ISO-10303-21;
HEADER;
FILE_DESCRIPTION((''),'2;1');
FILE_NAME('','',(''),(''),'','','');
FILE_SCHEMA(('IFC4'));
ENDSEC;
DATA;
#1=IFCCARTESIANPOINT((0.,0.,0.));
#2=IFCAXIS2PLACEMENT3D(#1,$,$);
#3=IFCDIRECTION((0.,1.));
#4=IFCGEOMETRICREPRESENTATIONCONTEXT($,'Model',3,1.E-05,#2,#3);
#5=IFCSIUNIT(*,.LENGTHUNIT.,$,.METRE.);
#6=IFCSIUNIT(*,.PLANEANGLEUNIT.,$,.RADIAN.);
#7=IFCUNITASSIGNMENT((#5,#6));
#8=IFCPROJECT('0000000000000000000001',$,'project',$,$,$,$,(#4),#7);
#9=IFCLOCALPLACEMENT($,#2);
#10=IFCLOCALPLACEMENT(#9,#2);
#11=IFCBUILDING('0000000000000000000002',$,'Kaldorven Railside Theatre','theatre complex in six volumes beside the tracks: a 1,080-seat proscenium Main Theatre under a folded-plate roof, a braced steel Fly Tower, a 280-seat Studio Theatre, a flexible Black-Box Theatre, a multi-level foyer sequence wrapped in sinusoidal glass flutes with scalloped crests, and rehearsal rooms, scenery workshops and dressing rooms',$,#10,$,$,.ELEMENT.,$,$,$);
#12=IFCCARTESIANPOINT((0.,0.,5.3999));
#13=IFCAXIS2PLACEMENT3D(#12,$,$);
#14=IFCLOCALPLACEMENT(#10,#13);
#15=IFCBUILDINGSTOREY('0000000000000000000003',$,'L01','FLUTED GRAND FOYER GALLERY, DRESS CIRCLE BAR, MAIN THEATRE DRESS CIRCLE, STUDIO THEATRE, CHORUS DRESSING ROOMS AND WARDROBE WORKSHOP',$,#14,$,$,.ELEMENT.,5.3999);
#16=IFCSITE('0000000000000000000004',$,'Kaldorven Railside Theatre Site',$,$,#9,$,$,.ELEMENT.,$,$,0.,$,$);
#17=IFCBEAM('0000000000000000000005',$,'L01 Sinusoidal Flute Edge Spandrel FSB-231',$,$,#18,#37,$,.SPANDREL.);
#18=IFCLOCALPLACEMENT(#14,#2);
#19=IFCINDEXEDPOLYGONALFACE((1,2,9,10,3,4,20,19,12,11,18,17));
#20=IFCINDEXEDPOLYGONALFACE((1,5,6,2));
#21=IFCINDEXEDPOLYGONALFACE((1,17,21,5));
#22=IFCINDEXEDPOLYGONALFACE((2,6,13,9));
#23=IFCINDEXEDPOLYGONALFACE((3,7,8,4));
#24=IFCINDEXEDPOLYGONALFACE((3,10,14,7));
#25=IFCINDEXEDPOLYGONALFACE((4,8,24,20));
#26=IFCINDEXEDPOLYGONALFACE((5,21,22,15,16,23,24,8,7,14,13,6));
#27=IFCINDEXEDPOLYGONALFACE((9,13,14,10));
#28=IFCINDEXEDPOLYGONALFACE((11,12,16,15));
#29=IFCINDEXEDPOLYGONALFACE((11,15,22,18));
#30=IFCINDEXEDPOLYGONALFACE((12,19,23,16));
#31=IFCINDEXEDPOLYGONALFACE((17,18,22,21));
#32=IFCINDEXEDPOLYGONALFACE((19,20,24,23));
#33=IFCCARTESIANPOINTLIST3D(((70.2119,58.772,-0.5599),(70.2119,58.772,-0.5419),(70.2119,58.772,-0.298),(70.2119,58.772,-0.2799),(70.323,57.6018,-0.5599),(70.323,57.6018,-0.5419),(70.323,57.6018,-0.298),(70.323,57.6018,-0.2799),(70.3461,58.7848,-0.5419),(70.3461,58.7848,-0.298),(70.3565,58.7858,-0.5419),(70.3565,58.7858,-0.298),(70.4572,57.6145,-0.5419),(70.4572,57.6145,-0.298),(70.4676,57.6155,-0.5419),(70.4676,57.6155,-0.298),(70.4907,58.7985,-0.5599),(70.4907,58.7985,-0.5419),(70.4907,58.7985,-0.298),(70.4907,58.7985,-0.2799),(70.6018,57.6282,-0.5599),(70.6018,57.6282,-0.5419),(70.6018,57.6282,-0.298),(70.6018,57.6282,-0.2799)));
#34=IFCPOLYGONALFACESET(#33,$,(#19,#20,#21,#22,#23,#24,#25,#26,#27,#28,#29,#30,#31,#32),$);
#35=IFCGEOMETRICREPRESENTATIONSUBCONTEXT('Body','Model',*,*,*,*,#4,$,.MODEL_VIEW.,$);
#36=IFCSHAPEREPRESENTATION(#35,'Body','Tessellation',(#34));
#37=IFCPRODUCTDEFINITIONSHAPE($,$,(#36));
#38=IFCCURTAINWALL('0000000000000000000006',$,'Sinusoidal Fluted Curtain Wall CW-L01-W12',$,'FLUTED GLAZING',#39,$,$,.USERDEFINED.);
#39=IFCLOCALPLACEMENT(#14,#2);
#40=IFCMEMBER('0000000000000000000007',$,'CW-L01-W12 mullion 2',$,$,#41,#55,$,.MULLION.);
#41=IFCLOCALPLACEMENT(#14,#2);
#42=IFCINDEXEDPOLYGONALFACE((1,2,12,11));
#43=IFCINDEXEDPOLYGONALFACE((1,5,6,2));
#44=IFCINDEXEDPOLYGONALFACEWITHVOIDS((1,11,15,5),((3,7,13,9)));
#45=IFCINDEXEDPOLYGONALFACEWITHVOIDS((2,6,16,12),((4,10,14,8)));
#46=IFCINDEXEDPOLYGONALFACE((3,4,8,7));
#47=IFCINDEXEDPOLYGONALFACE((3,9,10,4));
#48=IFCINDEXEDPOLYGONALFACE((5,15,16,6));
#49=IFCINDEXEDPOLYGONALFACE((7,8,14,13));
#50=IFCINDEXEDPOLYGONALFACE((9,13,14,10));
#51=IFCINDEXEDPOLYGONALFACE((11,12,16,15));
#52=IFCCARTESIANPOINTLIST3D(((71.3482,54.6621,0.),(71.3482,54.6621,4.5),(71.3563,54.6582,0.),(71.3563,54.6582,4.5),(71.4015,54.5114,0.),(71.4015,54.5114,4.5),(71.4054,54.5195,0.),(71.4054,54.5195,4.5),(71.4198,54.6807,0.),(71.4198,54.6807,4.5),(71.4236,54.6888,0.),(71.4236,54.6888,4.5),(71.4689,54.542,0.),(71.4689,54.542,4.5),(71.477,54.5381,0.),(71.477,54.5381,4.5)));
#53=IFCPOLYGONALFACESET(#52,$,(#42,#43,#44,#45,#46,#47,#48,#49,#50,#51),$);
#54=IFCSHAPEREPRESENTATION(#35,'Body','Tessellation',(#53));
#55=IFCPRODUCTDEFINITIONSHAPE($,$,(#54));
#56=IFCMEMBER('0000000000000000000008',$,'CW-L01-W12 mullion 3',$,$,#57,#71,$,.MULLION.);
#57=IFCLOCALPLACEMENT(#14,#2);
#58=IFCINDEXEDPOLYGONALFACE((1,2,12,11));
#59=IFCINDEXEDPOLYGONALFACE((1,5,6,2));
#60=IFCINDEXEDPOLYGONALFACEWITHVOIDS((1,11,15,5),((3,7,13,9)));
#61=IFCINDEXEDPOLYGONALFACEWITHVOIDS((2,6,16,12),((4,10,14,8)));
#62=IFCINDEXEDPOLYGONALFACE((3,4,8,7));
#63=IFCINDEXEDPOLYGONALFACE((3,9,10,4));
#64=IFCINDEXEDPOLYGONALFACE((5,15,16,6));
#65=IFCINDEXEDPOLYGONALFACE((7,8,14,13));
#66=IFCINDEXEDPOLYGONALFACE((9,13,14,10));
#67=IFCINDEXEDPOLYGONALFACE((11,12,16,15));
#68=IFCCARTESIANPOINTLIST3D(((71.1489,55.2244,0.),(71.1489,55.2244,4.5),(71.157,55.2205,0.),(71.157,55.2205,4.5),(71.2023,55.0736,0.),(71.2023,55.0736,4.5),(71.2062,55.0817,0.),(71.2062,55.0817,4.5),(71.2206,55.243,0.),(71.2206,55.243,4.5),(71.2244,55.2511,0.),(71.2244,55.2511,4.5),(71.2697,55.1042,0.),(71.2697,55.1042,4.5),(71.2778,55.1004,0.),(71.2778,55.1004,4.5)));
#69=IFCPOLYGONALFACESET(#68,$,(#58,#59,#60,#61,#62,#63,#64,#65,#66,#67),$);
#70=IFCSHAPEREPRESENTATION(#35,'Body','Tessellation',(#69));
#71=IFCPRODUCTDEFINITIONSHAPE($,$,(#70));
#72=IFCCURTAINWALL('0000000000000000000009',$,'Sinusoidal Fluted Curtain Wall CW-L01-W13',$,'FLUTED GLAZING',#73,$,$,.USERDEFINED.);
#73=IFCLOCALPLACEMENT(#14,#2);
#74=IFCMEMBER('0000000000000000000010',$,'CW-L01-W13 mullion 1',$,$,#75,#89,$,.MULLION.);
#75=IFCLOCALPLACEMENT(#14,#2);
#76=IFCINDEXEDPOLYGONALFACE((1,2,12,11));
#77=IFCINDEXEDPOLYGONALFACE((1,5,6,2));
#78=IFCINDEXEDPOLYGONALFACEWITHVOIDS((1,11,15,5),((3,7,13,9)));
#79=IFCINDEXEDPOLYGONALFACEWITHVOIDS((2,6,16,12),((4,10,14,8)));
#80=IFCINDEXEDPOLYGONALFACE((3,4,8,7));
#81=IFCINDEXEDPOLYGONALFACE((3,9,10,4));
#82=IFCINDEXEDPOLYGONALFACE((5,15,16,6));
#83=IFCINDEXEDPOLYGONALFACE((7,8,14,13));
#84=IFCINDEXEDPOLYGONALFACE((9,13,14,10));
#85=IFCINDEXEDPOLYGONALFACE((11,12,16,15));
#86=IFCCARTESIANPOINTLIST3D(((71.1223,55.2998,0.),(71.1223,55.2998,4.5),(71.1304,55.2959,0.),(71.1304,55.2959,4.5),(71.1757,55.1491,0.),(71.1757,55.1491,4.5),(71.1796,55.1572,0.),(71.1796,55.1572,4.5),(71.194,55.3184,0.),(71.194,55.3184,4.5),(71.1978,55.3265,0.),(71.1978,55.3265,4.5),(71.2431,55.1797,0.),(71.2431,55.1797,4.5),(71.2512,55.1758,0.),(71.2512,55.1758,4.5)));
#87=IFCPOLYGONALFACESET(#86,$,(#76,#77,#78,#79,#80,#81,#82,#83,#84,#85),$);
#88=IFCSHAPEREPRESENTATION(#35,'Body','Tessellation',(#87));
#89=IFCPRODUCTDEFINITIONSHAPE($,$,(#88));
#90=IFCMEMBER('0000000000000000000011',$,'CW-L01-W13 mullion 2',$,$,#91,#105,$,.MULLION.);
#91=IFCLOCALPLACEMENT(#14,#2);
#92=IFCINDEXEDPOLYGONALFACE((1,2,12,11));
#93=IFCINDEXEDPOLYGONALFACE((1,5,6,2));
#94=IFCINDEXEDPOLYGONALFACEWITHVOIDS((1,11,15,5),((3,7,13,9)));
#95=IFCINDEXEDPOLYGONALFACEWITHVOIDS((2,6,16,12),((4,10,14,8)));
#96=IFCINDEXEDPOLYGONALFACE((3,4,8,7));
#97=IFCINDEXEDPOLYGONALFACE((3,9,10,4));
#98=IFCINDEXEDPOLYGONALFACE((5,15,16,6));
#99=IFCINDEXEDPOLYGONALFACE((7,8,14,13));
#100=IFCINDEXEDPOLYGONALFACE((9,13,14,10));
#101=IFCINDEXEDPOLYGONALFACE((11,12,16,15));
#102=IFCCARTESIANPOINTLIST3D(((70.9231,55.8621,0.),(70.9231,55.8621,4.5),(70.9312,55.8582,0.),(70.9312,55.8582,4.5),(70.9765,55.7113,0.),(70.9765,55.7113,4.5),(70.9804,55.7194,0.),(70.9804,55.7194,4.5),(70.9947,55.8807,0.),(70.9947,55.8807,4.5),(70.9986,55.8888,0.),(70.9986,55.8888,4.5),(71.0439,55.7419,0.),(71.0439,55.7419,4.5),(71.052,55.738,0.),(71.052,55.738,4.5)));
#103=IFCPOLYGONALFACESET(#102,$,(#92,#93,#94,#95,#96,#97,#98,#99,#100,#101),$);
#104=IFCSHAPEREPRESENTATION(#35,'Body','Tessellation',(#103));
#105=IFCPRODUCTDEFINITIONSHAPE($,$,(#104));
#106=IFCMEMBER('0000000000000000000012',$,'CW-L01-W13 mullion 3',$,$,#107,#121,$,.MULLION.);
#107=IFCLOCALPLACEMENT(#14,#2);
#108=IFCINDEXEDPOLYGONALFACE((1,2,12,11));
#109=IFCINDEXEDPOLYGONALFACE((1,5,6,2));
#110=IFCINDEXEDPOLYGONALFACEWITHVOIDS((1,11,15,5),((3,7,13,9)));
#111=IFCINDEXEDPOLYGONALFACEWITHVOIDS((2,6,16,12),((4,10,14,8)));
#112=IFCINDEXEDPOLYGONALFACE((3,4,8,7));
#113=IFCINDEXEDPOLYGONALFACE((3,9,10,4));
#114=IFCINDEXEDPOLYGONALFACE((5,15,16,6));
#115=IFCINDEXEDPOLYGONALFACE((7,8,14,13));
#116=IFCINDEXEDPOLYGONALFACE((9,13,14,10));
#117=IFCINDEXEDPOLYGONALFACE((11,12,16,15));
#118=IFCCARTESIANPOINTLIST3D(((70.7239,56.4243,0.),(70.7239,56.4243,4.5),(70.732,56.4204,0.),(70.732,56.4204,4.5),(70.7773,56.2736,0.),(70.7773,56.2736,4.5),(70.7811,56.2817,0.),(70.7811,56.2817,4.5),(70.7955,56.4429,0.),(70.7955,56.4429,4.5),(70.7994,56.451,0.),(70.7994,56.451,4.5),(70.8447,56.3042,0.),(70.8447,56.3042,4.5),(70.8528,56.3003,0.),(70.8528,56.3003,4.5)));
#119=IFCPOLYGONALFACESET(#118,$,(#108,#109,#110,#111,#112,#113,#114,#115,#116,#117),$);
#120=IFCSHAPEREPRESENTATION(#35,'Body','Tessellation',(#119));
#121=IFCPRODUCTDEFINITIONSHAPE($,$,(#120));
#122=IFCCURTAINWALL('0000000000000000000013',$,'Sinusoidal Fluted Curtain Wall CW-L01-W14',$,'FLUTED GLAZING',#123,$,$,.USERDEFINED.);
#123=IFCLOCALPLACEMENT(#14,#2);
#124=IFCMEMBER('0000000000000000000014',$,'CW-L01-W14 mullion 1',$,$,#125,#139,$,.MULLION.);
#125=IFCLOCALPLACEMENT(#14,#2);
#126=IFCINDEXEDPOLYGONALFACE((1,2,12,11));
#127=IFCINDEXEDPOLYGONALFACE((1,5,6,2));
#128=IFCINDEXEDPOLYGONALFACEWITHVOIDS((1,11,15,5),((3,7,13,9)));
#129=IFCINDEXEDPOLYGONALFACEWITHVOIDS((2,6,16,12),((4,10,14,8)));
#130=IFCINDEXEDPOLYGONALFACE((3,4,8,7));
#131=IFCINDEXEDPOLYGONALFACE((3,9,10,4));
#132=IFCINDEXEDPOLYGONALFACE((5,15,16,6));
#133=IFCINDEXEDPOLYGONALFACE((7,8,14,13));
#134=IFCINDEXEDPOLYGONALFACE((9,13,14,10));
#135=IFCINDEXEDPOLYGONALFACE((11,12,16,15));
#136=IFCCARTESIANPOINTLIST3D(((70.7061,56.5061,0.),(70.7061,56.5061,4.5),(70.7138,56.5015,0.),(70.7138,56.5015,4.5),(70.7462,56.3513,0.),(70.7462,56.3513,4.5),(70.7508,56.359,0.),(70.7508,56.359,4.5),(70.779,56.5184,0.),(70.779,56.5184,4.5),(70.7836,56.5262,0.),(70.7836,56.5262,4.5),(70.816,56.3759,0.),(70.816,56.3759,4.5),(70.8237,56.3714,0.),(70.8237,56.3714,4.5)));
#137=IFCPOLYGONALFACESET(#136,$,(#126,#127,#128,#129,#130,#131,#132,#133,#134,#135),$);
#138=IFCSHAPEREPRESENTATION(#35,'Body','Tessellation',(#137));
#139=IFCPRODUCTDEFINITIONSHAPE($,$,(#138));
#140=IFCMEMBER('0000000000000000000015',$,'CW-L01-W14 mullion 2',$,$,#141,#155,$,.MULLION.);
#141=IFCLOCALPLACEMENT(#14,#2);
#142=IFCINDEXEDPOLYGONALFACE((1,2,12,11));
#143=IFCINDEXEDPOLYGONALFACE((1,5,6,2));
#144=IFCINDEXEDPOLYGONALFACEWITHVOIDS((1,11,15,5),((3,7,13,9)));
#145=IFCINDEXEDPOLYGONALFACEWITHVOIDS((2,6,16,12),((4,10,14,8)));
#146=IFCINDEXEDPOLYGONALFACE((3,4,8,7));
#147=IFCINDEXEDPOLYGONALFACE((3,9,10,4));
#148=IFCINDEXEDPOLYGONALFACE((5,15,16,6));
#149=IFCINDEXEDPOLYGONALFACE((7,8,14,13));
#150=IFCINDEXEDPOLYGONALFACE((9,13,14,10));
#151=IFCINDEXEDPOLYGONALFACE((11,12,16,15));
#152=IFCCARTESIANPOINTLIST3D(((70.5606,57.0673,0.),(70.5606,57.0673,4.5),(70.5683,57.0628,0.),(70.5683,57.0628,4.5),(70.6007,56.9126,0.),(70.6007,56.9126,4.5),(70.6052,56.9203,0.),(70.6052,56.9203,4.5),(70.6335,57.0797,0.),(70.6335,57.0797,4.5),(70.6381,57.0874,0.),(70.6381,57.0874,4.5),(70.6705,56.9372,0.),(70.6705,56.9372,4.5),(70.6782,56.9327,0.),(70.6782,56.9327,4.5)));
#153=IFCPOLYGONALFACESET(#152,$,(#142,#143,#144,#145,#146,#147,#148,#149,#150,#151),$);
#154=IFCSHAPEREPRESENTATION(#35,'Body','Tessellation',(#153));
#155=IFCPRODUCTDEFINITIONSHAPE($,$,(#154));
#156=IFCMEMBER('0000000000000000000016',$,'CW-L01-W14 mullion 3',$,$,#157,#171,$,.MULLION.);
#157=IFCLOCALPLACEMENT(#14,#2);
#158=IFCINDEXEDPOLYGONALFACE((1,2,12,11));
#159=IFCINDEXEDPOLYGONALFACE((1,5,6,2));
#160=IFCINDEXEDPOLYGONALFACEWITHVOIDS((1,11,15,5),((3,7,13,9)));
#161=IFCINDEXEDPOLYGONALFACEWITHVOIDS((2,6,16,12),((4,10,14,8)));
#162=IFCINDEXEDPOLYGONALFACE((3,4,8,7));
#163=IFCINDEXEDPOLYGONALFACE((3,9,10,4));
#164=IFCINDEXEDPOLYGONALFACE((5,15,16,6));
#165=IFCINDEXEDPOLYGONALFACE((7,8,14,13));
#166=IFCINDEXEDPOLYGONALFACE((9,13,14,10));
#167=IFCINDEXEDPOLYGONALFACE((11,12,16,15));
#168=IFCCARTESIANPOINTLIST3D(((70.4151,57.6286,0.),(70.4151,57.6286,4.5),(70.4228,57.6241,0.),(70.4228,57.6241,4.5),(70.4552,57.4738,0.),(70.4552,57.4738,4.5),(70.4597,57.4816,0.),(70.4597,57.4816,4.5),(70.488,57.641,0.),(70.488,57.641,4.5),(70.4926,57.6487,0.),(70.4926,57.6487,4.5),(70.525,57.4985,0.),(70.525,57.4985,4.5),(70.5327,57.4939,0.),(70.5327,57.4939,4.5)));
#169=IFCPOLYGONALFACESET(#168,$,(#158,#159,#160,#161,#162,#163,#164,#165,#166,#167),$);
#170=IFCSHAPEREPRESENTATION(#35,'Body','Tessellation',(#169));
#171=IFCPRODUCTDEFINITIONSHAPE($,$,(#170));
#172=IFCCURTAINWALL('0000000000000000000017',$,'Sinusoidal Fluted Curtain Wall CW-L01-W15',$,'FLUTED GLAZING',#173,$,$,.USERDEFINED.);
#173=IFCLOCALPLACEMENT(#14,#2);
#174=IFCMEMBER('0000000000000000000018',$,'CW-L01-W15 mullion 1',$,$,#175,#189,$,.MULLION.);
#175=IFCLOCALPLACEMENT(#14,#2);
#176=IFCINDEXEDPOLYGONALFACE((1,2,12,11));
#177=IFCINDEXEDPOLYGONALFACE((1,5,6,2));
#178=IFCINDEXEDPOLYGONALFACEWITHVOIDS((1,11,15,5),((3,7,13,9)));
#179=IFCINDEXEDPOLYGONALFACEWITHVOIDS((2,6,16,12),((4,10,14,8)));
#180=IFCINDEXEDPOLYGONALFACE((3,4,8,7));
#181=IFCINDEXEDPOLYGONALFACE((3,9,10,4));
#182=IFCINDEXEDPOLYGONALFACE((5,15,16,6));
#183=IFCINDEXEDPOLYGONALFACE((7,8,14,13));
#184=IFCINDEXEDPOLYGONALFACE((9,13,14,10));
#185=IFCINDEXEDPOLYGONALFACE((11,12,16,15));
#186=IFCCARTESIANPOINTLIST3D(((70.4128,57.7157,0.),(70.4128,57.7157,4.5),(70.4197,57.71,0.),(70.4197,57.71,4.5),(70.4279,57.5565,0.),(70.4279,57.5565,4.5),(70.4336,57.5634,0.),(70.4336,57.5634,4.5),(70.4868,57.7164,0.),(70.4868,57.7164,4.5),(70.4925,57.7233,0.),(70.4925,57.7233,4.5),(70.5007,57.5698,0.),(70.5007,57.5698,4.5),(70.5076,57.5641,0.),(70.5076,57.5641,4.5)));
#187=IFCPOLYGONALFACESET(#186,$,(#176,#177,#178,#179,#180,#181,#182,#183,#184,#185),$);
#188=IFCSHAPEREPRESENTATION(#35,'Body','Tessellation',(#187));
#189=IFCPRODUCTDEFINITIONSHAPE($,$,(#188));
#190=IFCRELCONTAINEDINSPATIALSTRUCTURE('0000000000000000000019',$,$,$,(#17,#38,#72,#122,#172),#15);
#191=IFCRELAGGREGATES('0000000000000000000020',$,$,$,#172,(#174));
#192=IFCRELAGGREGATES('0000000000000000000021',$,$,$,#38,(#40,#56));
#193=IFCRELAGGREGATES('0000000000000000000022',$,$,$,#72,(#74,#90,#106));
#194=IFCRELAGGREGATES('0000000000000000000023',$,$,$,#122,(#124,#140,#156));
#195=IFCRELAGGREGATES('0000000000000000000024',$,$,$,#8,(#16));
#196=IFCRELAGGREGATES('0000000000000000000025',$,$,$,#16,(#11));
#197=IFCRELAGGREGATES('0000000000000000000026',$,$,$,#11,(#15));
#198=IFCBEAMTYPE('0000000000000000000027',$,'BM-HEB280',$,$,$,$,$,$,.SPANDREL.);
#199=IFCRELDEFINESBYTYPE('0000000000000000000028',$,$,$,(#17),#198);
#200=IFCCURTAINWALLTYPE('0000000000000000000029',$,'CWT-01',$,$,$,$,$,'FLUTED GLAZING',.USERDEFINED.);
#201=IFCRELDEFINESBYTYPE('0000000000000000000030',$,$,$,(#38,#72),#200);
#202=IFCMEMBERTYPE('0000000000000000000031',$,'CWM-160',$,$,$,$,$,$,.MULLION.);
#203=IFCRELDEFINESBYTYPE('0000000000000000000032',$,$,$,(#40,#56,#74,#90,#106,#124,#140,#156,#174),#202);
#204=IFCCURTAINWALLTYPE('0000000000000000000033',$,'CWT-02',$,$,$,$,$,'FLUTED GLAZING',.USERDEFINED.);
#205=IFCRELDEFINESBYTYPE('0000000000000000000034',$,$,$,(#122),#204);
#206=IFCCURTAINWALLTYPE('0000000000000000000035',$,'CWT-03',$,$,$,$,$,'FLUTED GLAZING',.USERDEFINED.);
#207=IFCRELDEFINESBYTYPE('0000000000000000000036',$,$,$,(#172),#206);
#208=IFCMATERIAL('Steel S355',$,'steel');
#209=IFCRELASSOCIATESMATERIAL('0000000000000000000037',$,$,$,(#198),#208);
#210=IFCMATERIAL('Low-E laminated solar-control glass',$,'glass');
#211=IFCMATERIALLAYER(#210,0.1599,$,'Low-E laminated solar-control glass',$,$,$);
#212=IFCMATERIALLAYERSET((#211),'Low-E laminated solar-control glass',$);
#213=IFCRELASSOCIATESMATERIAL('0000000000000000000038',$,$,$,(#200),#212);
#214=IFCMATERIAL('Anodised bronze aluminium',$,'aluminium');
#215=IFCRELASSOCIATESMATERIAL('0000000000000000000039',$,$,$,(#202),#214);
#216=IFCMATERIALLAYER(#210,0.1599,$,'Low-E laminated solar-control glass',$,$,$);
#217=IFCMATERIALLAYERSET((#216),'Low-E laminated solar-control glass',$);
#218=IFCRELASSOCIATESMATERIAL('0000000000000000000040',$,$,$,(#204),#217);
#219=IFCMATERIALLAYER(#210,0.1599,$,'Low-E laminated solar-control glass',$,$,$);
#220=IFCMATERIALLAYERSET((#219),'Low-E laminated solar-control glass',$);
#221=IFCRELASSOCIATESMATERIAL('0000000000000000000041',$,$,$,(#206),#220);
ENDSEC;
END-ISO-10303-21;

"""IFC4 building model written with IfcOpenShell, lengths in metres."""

from ifc_helpers import new_model, si_unit, direction, frame, origin, origin_2d, place, context, subcontext, project, spatial, hollow_rectangle, i_section, extrude, material, layer, layer_set, material_profile, profile_set, type_object, element, aggregate, save


model = new_model("IFC4")

# Units and contexts
model_context = context("Model", 3, precision=1e-05, world=origin(), true_north=direction((0.0, 1.0)))
body_context = subcontext(model_context, "Body", "Model", "MODEL_VIEW")
ifc_project = project(units=[si_unit("LENGTHUNIT", "METRE"), si_unit("PLANEANGLEUNIT", "RADIAN")], contexts=[model_context])

# Site, building, storey
site_placement = place(None, origin())
site = spatial("IfcSite", under=ifc_project, at=site_placement, Name="Kaldorven Railside Theatre Site", CompositionType="ELEMENT", RefElevation=0.0)
building_placement = place(site_placement, origin())
building = spatial("IfcBuilding", under=site, at=building_placement, Name="Kaldorven Railside Theatre", Description="theatre complex in six volumes beside the tracks: a 1,080-seat proscenium Main Theatre under a folded-plate roof, a braced steel Fly Tower, a 280-seat Studio Theatre, a flexible Black-Box Theatre, a multi-level foyer sequence wrapped in sinusoidal glass flutes with scalloped crests, and rehearsal rooms, scenery workshops and dressing rooms", CompositionType="ELEMENT")
storey_placement = place(building_placement, frame((0.0, 0.0, 5.3999)))
storey = spatial("IfcBuildingStorey", under=building, at=storey_placement, Name="L01", Description="FLUTED GRAND FOYER GALLERY, DRESS CIRCLE BAR, MAIN THEATRE DRESS CIRCLE, STUDIO THEATRE, CHORUS DRESSING ROOMS AND WARDROBE WORKSHOP", CompositionType="ELEMENT", Elevation=5.3999)

# Shared definitions
ifc_material_1 = material(Name="Steel S355", Category="steel")

# Beam
ifc_material_profile_1 = material_profile(ifc_material_1, i_section(OverallWidth=0.28, OverallDepth=0.28, WebThickness=0.0105, FlangeThickness=0.0181, at=origin_2d()), Name="HEB 280")
ifc_profile_set_1 = profile_set([ifc_material_profile_1], Name="Steel S355")
beam_type = type_object("IfcBeamType", Name="BM-HEB280", PredefinedType="SPANDREL", material=ifc_profile_set_1)
beam_1_placement = place(storey_placement, frame((70.4624, 57.615, -0.4199), z_axis=(-0.094505, 0.995524, 0.0), x_axis=(-0.995524, -0.094505, 0.0)))
element("IfcBeam", 1, at=beam_1_placement, inside=storey, type_object=beam_type, Name="L01 Sinusoidal Flute Edge Spandrel FSB-231", PredefinedType="SPANDREL", context=body_context, shape_type="SweptSolid", body=[
    extrude(i_section(OverallWidth=0.28, OverallDepth=0.28, WebThickness=0.0105, FlangeThickness=0.0181, at=origin_2d()), origin(), (0.0, 0.0, 1.0), 1.1755),
])

# Curtain walls, members
ifc_material_2 = material(Name="Low-E laminated solar-control glass", Category="glass")
ifc_layer_1 = layer(ifc_material_2, 0.1599, Name="Low-E laminated solar-control glass")
ifc_layer_set_1 = layer_set([ifc_layer_1], Name="Low-E laminated solar-control glass")
curtain_wall_type_1 = type_object("IfcCurtainWallType", Name="CWT-01", ElementType="FLUTED GLAZING", PredefinedType="USERDEFINED", material=ifc_layer_set_1)
curtain_wall_1_placement = place(storey_placement, origin())
curtain_wall_1 = element("IfcCurtainWall", 2, at=curtain_wall_1_placement, inside=storey, type_object=curtain_wall_type_1, Name="Sinusoidal Fluted Curtain Wall CW-L01-W12", ObjectType="FLUTED GLAZING", PredefinedType="USERDEFINED")
ifc_material_3 = material(Name="Anodised bronze aluminium", Category="aluminium")
ifc_material_profile_2 = material_profile(ifc_material_3, hollow_rectangle(XDim=0.0801, YDim=0.1599, WallThickness=0.0063, at=origin_2d()), Name="RHS 160x80x6.3")
ifc_profile_set_2 = profile_set([ifc_material_profile_2], Name="Anodised bronze aluminium")
member_type_1 = type_object("IfcMemberType", Name="CWM-160", PredefinedType="MULLION", material=ifc_profile_set_2)
member_1_placement = place(storey_placement, frame((71.4126, 54.6001, 0.0), z_axis=(0.0, 0.0, 1.0), x_axis=(-0.942627, -0.333847, 0.0)))
member_1 = element("IfcMember", 3, at=member_1_placement, type_object=member_type_1, Name="CW-L01-W12 mullion 2", PredefinedType="MULLION", context=body_context, shape_type="SweptSolid", body=[
    extrude(hollow_rectangle(XDim=0.0801, YDim=0.1599, WallThickness=0.0063, at=origin_2d()), origin(), (0.0, 0.0, 1.0), 4.5),
])
member_2_placement = place(storey_placement, frame((71.2134, 55.1624, 0.0), z_axis=(0.0, 0.0, 1.0), x_axis=(-0.942627, -0.333847, 0.0)))
member_2 = element("IfcMember", 4, at=member_2_placement, type_object=member_type_1, Name="CW-L01-W12 mullion 3", PredefinedType="MULLION", context=body_context, shape_type="SweptSolid", body=[
    extrude(hollow_rectangle(XDim=0.0801, YDim=0.1599, WallThickness=0.0063, at=origin_2d()), origin(), (0.0, 0.0, 1.0), 4.5),
])
curtain_wall_2_placement = place(storey_placement, origin())
curtain_wall_2 = element("IfcCurtainWall", 5, at=curtain_wall_2_placement, inside=storey, type_object=curtain_wall_type_1, Name="Sinusoidal Fluted Curtain Wall CW-L01-W13", ObjectType="FLUTED GLAZING", PredefinedType="USERDEFINED")
member_3_placement = place(storey_placement, frame((71.1868, 55.2378, 0.0), z_axis=(0.0, 0.0, 1.0), x_axis=(-0.942627, -0.333847, 0.0)))
member_3 = element("IfcMember", 6, at=member_3_placement, type_object=member_type_1, Name="CW-L01-W13 mullion 1", PredefinedType="MULLION", context=body_context, shape_type="SweptSolid", body=[
    extrude(hollow_rectangle(XDim=0.0801, YDim=0.1599, WallThickness=0.0063, at=origin_2d()), origin(), (0.0, 0.0, 1.0), 4.5),
])
member_4_placement = place(storey_placement, frame((70.9875, 55.8, 0.0), z_axis=(0.0, 0.0, 1.0), x_axis=(-0.942627, -0.333847, 0.0)))
member_4 = element("IfcMember", 7, at=member_4_placement, type_object=member_type_1, Name="CW-L01-W13 mullion 2", PredefinedType="MULLION", context=body_context, shape_type="SweptSolid", body=[
    extrude(hollow_rectangle(XDim=0.0801, YDim=0.1599, WallThickness=0.0063, at=origin_2d()), origin(), (0.0, 0.0, 1.0), 4.5),
])
member_5_placement = place(storey_placement, frame((70.7883, 56.3623, 0.0), z_axis=(0.0, 0.0, 1.0), x_axis=(-0.942627, -0.333847, 0.0)))
member_5 = element("IfcMember", 8, at=member_5_placement, type_object=member_type_1, Name="CW-L01-W13 mullion 3", PredefinedType="MULLION", context=body_context, shape_type="SweptSolid", body=[
    extrude(hollow_rectangle(XDim=0.0801, YDim=0.1599, WallThickness=0.0063, at=origin_2d()), origin(), (0.0, 0.0, 1.0), 4.5),
])
ifc_layer_2 = layer(ifc_material_2, 0.1599, Name="Low-E laminated solar-control glass")
ifc_layer_set_2 = layer_set([ifc_layer_2], Name="Low-E laminated solar-control glass")
curtain_wall_type_2 = type_object("IfcCurtainWallType", Name="CWT-02", ElementType="FLUTED GLAZING", PredefinedType="USERDEFINED", material=ifc_layer_set_2)
curtain_wall_3_placement = place(storey_placement, origin())
curtain_wall_3 = element("IfcCurtainWall", 9, at=curtain_wall_3_placement, inside=storey, type_object=curtain_wall_type_2, Name="Sinusoidal Fluted Curtain Wall CW-L01-W14", ObjectType="FLUTED GLAZING", PredefinedType="USERDEFINED")
member_6_placement = place(storey_placement, frame((70.7649, 56.4387, 0.0), z_axis=(0.0, 0.0, 1.0), x_axis=(-0.967999, -0.250954, 0.0)))
member_6 = element("IfcMember", 10, at=member_6_placement, type_object=member_type_1, Name="CW-L01-W14 mullion 1", PredefinedType="MULLION", context=body_context, shape_type="SweptSolid", body=[
    extrude(hollow_rectangle(XDim=0.0801, YDim=0.1599, WallThickness=0.0063, at=origin_2d()), origin(), (0.0, 0.0, 1.0), 4.5),
])
member_7_placement = place(storey_placement, frame((70.6194, 57.0, 0.0), z_axis=(0.0, 0.0, 1.0), x_axis=(-0.967999, -0.250954, 0.0)))
member_7 = element("IfcMember", 11, at=member_7_placement, type_object=member_type_1, Name="CW-L01-W14 mullion 2", PredefinedType="MULLION", context=body_context, shape_type="SweptSolid", body=[
    extrude(hollow_rectangle(XDim=0.0801, YDim=0.1599, WallThickness=0.0063, at=origin_2d()), origin(), (0.0, 0.0, 1.0), 4.5),
])
member_8_placement = place(storey_placement, frame((70.4739, 57.5613, 0.0), z_axis=(0.0, 0.0, 1.0), x_axis=(-0.967999, -0.250954, 0.0)))
member_8 = element("IfcMember", 12, at=member_8_placement, type_object=member_type_1, Name="CW-L01-W14 mullion 3", PredefinedType="MULLION", context=body_context, shape_type="SweptSolid", body=[
    extrude(hollow_rectangle(XDim=0.0801, YDim=0.1599, WallThickness=0.0063, at=origin_2d()), origin(), (0.0, 0.0, 1.0), 4.5),
])

# Curtain wall, member
ifc_layer_3 = layer(ifc_material_2, 0.1599, Name="Low-E laminated solar-control glass")
ifc_layer_set_3 = layer_set([ifc_layer_3], Name="Low-E laminated solar-control glass")
curtain_wall_type_3 = type_object("IfcCurtainWallType", Name="CWT-03", ElementType="FLUTED GLAZING", PredefinedType="USERDEFINED", material=ifc_layer_set_3)
curtain_wall_4_placement = place(storey_placement, origin())
curtain_wall_4 = element("IfcCurtainWall", 13, at=curtain_wall_4_placement, inside=storey, type_object=curtain_wall_type_3, Name="Sinusoidal Fluted Curtain Wall CW-L01-W15", ObjectType="FLUTED GLAZING", PredefinedType="USERDEFINED")
member_9_placement = place(storey_placement, frame((70.4602, 57.6399, 0.0), z_axis=(0.0, 0.0, 1.0), x_axis=(-0.995526, -0.094492, 0.0)))
member_9 = element("IfcMember", 14, at=member_9_placement, type_object=member_type_1, Name="CW-L01-W15 mullion 1", PredefinedType="MULLION", context=body_context, shape_type="SweptSolid", body=[
    extrude(hollow_rectangle(XDim=0.0801, YDim=0.1599, WallThickness=0.0063, at=origin_2d()), origin(), (0.0, 0.0, 1.0), 4.5),
])
aggregate(curtain_wall_4, [member_9])

aggregate(curtain_wall_1, [member_1, member_2])
aggregate(curtain_wall_2, [member_3, member_4, member_5])
aggregate(curtain_wall_3, [member_6, member_7, member_8])

save(model, "model.ifc")
